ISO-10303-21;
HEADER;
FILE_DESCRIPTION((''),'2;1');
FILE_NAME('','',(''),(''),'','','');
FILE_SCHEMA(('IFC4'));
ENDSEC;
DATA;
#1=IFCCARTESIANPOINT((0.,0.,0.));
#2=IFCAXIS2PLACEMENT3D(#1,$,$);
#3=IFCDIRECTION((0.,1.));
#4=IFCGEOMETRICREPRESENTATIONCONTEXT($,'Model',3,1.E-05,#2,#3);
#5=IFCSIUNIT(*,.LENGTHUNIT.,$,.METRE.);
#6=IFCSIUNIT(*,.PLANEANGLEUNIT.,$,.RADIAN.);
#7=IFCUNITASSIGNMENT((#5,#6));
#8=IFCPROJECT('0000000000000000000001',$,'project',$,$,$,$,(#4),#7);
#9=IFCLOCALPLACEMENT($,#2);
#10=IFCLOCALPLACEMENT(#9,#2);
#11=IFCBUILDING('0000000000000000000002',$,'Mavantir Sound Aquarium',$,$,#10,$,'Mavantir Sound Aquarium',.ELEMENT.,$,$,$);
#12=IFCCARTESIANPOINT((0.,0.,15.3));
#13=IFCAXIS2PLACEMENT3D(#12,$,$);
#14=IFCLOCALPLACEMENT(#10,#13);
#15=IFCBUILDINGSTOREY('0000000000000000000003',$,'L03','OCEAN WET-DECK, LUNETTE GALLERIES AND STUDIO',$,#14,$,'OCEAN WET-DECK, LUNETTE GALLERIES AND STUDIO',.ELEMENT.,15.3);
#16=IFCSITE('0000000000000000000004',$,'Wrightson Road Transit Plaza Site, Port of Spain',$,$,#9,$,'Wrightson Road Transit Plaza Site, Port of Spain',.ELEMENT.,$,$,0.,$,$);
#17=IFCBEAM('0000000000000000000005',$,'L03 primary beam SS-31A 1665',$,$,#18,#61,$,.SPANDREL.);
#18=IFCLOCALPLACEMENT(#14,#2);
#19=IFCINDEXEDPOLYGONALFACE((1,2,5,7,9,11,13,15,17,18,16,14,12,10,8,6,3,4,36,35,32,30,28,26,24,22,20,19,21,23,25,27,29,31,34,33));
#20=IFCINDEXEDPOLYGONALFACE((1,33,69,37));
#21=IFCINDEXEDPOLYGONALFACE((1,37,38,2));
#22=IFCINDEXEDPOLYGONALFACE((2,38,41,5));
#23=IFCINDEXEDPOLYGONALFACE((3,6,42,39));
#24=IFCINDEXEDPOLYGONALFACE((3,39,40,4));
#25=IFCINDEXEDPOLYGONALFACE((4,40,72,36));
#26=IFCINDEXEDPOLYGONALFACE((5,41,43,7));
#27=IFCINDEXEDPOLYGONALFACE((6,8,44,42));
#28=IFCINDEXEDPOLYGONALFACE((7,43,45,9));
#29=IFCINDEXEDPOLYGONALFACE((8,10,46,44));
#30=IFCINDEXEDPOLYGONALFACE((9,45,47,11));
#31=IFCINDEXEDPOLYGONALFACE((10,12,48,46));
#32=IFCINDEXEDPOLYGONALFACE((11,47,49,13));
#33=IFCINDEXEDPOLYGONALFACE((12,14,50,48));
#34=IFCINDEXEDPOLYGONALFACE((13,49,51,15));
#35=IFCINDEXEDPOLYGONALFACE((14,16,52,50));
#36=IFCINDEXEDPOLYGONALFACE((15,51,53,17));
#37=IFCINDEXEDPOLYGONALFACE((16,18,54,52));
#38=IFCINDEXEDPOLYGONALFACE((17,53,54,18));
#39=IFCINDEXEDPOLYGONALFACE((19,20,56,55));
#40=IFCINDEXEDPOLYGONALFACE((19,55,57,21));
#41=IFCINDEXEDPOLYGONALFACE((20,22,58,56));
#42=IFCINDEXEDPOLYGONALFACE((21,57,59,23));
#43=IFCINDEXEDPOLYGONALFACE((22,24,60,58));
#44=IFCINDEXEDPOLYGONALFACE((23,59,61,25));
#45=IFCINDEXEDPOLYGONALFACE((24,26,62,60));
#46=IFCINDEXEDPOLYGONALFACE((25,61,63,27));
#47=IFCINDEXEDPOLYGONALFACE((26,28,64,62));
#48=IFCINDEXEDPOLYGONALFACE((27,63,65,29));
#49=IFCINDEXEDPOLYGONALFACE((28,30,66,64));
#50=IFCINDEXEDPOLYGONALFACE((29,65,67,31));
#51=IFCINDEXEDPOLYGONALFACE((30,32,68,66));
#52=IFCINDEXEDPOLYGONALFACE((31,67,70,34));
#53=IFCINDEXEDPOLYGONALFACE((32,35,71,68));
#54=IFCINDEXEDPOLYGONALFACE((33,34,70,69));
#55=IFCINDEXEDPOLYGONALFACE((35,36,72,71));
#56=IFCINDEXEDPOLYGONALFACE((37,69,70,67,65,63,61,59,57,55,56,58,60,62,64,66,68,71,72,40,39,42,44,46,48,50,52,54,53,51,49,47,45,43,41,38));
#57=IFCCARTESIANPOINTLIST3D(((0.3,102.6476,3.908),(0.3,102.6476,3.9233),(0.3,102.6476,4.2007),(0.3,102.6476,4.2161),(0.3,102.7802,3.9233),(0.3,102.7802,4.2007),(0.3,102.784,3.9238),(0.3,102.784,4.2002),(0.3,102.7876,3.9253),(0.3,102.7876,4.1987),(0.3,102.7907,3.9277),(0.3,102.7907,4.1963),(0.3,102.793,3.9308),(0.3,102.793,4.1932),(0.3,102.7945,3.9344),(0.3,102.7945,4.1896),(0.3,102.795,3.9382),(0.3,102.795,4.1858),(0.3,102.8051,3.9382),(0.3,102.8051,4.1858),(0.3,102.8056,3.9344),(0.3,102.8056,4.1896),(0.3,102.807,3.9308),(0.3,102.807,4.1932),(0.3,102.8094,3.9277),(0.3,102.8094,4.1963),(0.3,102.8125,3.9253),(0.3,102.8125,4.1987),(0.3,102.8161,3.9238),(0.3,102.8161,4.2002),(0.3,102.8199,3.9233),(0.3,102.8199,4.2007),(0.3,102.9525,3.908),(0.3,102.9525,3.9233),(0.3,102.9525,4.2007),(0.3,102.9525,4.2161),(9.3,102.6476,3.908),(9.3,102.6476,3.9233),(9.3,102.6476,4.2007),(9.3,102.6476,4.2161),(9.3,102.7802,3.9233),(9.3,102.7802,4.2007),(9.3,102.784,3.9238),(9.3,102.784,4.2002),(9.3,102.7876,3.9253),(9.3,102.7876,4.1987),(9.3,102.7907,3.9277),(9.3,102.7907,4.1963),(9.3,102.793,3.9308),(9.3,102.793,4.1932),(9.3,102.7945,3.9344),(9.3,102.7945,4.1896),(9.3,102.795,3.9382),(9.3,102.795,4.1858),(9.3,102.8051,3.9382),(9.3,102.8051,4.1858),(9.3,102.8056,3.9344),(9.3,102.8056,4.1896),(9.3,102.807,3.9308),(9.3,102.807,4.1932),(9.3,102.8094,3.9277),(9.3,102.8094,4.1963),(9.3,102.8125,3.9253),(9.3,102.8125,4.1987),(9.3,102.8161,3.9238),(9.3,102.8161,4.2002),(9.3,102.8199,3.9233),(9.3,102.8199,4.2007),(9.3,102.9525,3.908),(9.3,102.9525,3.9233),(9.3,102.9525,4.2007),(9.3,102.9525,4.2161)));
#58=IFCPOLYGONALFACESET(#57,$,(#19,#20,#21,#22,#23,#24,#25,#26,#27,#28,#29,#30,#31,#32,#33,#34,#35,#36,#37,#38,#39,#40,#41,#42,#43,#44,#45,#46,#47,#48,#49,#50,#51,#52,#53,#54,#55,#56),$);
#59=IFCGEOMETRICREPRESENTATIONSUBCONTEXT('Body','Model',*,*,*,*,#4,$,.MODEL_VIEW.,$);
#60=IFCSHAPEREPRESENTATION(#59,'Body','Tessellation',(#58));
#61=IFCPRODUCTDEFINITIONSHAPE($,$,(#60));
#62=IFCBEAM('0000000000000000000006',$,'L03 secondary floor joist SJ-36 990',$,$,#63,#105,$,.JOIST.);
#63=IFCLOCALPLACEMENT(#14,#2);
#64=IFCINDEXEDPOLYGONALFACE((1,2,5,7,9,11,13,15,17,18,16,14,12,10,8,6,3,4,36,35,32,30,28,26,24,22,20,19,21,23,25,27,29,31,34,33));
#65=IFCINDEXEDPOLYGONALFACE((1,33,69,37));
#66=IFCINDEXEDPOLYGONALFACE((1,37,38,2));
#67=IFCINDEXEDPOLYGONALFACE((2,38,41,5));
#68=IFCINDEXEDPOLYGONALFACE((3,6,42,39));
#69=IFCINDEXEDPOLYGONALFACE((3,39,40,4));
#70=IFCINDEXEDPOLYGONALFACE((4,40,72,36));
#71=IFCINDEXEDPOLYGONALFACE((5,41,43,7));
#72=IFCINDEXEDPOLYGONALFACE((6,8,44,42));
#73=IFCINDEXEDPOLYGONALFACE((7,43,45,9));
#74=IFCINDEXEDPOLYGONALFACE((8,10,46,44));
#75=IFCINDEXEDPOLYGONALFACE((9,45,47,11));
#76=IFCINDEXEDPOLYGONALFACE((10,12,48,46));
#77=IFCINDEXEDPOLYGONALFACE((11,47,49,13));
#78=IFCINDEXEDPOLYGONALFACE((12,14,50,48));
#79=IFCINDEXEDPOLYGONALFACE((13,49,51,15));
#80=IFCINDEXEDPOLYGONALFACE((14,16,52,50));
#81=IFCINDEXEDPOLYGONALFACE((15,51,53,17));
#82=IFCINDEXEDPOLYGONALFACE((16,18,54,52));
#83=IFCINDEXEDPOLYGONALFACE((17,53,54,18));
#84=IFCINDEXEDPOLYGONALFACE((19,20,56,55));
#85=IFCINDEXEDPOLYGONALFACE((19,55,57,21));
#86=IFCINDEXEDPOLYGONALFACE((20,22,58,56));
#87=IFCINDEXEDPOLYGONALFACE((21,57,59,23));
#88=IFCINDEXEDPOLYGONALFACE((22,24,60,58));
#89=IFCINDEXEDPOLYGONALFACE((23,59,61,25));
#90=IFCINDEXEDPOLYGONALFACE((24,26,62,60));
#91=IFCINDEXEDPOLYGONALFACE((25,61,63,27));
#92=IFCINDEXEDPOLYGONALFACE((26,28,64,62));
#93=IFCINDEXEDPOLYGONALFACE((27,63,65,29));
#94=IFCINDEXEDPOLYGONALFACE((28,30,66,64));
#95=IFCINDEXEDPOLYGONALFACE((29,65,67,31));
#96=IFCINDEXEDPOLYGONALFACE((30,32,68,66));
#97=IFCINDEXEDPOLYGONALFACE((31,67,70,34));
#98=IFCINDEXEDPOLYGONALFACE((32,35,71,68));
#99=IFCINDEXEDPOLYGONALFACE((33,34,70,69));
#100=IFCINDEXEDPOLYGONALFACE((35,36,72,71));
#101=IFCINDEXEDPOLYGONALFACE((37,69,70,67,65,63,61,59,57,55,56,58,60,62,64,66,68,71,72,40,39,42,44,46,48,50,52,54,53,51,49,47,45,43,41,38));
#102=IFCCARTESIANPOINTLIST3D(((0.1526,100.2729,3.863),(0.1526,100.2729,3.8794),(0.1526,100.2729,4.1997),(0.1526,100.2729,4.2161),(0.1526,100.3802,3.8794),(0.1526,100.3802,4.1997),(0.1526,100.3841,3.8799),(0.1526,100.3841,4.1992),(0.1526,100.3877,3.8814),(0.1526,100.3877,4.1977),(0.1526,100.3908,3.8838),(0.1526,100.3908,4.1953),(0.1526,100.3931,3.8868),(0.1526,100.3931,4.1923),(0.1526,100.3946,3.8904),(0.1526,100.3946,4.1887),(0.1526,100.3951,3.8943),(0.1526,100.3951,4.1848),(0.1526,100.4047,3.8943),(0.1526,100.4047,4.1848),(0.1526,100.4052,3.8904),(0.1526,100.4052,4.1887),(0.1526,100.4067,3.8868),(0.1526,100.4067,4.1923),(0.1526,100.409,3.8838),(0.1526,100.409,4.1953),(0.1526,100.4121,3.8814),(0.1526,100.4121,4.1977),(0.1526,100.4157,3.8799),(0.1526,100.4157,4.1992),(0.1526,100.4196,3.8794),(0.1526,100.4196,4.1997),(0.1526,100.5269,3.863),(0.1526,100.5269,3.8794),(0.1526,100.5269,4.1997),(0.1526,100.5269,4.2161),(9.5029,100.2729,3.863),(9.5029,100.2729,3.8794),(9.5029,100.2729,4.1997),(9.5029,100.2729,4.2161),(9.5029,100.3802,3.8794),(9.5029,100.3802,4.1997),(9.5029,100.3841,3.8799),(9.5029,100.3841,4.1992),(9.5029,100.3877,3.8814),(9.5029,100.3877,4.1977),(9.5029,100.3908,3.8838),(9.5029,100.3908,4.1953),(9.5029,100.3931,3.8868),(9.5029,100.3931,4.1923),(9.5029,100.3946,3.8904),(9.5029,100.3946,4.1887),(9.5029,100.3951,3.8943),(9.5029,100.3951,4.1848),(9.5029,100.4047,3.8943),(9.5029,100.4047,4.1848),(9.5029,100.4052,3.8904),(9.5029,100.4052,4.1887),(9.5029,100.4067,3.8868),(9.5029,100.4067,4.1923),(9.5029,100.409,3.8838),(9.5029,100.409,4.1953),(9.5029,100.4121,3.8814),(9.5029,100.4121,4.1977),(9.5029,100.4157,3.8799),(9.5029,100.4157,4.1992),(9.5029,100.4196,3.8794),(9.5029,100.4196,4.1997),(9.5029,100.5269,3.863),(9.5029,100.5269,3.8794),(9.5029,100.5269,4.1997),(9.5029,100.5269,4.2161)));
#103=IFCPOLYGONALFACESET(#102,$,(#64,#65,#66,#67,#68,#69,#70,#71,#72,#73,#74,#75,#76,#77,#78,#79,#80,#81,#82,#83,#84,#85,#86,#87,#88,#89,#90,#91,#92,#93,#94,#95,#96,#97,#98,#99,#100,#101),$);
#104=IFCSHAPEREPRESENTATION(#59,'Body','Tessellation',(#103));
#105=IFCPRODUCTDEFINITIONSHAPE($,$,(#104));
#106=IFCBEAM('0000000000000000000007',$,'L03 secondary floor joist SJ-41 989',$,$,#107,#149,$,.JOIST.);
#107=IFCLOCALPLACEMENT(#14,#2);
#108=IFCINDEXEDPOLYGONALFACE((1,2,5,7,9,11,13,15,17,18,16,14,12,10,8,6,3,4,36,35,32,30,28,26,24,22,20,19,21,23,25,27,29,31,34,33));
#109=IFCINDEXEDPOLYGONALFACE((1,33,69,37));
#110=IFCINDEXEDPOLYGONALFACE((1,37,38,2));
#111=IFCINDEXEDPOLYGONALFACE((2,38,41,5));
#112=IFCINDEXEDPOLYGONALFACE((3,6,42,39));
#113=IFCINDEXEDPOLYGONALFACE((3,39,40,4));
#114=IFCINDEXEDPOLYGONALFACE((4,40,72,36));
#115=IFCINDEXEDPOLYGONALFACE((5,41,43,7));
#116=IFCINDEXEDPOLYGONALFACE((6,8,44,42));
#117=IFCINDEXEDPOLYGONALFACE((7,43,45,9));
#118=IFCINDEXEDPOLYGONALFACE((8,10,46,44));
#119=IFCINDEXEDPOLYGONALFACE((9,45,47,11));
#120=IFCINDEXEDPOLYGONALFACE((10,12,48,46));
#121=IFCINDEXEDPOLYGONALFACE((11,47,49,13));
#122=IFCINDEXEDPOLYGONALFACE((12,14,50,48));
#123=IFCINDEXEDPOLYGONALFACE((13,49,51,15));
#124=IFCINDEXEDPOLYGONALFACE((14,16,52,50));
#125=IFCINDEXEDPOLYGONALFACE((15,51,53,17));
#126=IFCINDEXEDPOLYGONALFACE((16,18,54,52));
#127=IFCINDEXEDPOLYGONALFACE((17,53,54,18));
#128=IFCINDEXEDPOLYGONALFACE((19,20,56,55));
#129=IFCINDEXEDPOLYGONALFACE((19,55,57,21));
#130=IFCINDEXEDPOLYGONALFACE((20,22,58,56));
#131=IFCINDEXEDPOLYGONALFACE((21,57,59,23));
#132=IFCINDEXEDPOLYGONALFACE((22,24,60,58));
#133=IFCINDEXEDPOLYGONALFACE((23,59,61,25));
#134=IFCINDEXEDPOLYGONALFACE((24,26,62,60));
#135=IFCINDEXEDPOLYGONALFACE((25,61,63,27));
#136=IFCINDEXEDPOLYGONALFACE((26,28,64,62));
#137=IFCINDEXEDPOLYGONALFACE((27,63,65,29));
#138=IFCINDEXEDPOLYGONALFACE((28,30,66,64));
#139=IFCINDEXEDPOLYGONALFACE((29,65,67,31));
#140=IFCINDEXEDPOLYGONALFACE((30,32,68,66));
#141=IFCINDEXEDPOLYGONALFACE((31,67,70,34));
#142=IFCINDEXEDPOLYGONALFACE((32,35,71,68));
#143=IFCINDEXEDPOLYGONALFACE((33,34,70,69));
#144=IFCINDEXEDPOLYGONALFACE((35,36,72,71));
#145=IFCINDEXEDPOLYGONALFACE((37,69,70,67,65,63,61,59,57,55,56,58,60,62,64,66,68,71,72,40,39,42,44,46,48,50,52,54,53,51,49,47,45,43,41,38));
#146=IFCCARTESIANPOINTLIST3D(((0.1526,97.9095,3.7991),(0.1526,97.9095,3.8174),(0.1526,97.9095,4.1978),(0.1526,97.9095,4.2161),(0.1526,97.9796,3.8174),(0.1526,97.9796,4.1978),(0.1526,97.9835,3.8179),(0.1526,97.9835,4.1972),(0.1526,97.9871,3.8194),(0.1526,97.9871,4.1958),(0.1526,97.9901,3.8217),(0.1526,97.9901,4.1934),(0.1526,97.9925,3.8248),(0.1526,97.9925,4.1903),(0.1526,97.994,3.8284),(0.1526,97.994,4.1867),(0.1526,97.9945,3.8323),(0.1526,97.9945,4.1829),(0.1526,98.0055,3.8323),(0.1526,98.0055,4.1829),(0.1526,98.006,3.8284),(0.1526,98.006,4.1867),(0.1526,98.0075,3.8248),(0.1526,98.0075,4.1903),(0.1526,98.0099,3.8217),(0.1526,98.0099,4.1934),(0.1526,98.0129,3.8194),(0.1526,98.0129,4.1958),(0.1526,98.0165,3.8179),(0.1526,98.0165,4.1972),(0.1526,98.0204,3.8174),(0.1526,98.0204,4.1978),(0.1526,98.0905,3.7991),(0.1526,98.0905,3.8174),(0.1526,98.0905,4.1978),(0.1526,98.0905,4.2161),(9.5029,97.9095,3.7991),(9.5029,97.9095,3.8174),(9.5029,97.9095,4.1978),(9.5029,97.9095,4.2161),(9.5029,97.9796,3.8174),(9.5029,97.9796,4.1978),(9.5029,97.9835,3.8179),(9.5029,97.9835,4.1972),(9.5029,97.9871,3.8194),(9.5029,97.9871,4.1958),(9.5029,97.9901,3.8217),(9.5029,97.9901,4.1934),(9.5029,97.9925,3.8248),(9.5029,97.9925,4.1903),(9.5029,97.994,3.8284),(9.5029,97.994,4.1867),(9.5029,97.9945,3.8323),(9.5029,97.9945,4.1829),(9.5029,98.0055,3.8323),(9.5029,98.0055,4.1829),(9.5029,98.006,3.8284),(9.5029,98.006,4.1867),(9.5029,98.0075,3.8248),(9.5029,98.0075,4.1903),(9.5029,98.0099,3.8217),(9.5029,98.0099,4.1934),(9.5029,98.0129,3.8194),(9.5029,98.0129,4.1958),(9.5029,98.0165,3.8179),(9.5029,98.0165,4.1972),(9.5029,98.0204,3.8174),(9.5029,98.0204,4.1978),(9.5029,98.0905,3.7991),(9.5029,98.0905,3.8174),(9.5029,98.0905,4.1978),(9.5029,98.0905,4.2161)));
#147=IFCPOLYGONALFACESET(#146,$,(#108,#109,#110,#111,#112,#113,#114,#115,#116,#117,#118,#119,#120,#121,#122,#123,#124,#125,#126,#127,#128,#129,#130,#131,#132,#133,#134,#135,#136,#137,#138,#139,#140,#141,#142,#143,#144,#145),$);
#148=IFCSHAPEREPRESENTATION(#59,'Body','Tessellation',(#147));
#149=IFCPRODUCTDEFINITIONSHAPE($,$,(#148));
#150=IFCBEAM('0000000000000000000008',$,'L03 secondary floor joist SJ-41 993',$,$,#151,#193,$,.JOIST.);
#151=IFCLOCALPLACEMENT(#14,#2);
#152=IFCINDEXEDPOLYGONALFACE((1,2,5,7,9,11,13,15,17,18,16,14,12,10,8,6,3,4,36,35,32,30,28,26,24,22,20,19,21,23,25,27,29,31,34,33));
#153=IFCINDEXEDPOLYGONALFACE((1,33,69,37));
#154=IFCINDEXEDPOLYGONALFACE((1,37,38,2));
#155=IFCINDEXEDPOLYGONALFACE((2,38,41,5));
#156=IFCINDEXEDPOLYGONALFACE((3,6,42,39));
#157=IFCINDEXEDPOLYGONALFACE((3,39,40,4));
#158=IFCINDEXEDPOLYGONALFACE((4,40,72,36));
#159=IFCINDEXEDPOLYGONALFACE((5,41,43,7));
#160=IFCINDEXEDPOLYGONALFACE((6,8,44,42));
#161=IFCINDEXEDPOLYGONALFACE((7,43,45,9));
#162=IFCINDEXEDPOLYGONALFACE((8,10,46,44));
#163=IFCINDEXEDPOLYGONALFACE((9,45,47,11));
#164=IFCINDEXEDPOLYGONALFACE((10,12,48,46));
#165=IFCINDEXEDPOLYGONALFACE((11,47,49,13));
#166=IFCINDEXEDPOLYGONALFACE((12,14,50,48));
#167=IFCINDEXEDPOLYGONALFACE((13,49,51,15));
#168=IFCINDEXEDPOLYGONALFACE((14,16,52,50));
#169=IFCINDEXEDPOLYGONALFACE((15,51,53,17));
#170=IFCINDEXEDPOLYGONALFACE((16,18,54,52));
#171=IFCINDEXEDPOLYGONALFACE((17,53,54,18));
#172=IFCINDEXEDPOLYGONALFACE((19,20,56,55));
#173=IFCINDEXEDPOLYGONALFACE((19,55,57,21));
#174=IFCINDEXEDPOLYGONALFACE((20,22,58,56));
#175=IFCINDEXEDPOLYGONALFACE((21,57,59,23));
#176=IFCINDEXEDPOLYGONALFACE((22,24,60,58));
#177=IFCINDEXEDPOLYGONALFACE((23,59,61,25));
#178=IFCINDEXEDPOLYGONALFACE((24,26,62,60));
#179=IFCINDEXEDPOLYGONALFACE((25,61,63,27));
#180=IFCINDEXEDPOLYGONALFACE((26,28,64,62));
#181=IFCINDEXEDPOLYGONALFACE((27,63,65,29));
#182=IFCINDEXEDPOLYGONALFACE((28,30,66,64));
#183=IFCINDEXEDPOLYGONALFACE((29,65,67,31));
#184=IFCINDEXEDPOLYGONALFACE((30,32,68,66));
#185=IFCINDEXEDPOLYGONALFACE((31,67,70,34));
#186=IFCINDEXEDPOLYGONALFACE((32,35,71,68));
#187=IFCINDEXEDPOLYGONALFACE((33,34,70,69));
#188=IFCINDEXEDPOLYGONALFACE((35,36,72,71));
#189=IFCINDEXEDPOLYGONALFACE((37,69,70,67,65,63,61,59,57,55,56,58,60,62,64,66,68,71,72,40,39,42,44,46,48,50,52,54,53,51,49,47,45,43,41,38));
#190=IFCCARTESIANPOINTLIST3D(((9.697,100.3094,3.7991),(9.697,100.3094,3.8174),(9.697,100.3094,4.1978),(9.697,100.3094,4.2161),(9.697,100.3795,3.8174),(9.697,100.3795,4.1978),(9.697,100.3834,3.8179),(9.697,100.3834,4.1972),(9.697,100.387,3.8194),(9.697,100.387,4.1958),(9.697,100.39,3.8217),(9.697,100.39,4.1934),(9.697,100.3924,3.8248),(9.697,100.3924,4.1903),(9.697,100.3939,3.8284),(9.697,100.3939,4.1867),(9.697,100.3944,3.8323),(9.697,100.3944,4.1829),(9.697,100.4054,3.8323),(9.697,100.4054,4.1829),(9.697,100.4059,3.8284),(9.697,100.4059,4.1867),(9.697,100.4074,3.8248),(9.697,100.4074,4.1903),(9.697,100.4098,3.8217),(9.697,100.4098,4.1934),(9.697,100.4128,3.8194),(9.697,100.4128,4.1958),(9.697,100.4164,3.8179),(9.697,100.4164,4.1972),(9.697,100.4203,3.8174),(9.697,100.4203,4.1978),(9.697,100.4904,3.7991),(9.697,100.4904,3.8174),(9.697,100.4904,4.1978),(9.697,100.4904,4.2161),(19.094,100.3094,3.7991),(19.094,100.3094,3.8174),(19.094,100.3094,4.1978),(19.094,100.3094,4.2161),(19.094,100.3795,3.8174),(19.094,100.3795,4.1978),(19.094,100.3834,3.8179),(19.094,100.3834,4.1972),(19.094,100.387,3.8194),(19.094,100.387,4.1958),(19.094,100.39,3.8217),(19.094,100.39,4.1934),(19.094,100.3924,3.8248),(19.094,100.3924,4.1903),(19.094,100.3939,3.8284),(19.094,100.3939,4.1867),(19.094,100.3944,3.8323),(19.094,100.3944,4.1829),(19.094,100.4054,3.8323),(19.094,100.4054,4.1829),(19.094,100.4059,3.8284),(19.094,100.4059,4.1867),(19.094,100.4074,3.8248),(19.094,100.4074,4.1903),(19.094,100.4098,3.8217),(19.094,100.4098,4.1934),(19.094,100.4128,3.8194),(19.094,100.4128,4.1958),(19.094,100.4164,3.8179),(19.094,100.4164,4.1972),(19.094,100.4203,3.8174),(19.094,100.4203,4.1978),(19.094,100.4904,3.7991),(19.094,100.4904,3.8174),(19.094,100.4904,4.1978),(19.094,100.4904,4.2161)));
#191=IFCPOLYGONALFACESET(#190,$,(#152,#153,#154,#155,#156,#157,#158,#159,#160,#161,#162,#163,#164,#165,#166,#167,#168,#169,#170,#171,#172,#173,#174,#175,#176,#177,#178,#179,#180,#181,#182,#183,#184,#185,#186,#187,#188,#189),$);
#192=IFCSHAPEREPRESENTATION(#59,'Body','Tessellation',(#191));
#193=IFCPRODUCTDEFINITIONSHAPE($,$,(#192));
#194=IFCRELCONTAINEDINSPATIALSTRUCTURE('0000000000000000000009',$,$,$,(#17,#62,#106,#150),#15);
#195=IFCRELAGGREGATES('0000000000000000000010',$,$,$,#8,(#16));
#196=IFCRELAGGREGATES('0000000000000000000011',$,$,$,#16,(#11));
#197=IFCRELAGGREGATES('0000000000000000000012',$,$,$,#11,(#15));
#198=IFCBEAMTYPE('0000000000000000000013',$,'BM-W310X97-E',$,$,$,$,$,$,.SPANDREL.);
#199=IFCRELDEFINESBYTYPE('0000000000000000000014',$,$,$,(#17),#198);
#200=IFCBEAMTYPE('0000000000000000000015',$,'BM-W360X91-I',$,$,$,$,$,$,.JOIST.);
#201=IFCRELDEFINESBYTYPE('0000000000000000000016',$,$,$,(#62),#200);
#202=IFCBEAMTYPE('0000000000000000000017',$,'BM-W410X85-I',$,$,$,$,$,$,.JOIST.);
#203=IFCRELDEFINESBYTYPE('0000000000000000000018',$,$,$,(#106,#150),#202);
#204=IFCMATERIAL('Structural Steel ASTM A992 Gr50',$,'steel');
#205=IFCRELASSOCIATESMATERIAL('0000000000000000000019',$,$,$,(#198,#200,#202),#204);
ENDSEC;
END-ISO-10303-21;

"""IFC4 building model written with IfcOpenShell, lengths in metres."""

from ifc_helpers import new_model, si_unit, direction, frame, origin, origin_2d, place, context, subcontext, project, spatial, i_section, extrude, material, material_profile, profile_set, type_object, element, save


model = new_model("IFC4")

# Units and contexts
model_context = context("Model", 3, precision=1e-05, world=origin(), true_north=direction((0.0, 1.0)))
body_context = subcontext(model_context, "Body", "Model", "MODEL_VIEW")
ifc_project = project(units=[si_unit("LENGTHUNIT", "METRE"), si_unit("PLANEANGLEUNIT", "RADIAN")], contexts=[model_context])

# Site, building, storey
site_placement = place(None, origin())
site = spatial("IfcSite", under=ifc_project, at=site_placement, Name="Wrightson Road Transit Plaza Site, Port of Spain", LongName="Wrightson Road Transit Plaza Site, Port of Spain", CompositionType="ELEMENT", RefElevation=0.0)
building_placement = place(site_placement, origin())
building = spatial("IfcBuilding", under=site, at=building_placement, Name="Mavantir Sound Aquarium", LongName="Mavantir Sound Aquarium", CompositionType="ELEMENT")
storey_placement = place(building_placement, frame((0.0, 0.0, 15.3)))
storey = spatial("IfcBuildingStorey", under=building, at=storey_placement, Name="L03", Description="OCEAN WET-DECK, LUNETTE GALLERIES AND STUDIO", LongName="OCEAN WET-DECK, LUNETTE GALLERIES AND STUDIO", CompositionType="ELEMENT", Elevation=15.3)

# Beams
ifc_material_1 = material(Name="Structural Steel ASTM A992 Gr50", Category="steel")
ifc_material_profile_1 = material_profile(ifc_material_1, i_section(OverallWidth=0.3049, OverallDepth=0.3081, WebThickness=0.01, FlangeThickness=0.0154, FilletRadius=0.0149, at=origin_2d()), Name="W310X97")
ifc_profile_set_1 = profile_set([ifc_material_profile_1], Name="Structural Steel ASTM A992 Gr50")
beam_type_1 = type_object("IfcBeamType", Name="BM-W310X97-E", PredefinedType="SPANDREL", material=ifc_profile_set_1)
beam_1_placement = place(storey_placement, frame((0.3, 102.8, 4.062), z_axis=(1.0, 0.0, 0.0), x_axis=(0.0, 1.0, 0.0)))
element("IfcBeam", 1, at=beam_1_placement, inside=storey, type_object=beam_type_1, Name="L03 primary beam SS-31A 1665", PredefinedType="SPANDREL", context=body_context, shape_type="SweptSolid", body=[
    extrude(i_section(OverallWidth=0.3049, OverallDepth=0.3081, WebThickness=0.01, FlangeThickness=0.0154, FilletRadius=0.0149, at=origin_2d()), origin(), (0.0, 0.0, 1.0), 9.0),
])
ifc_material_profile_2 = material_profile(ifc_material_1, i_section(OverallWidth=0.2539, OverallDepth=0.353, WebThickness=0.0095, FlangeThickness=0.0164, FilletRadius=0.0149, at=origin_2d()), Name="W360X91")
ifc_profile_set_2 = profile_set([ifc_material_profile_2], Name="Structural Steel ASTM A992 Gr50")
beam_type_2 = type_object("IfcBeamType", Name="BM-W360X91-I", PredefinedType="JOIST", material=ifc_profile_set_2)
beam_2_placement = place(storey_placement, frame((0.1526, 100.3999, 4.0396), z_axis=(1.0, 0.0, 0.0), x_axis=(0.0, 1.0, 0.0)))
element("IfcBeam", 2, at=beam_2_placement, inside=storey, type_object=beam_type_2, Name="L03 secondary floor joist SJ-36 990", PredefinedType="JOIST", context=body_context, shape_type="SweptSolid", body=[
    extrude(i_section(OverallWidth=0.2539, OverallDepth=0.353, WebThickness=0.0095, FlangeThickness=0.0164, FilletRadius=0.0149, at=origin_2d()), origin(), (0.0, 0.0, 1.0), 9.3503),
])
ifc_material_profile_3 = material_profile(ifc_material_1, i_section(OverallWidth=0.1809, OverallDepth=0.417, WebThickness=0.011, FlangeThickness=0.0183, FilletRadius=0.0149, at=origin_2d()), Name="W410X85")
ifc_profile_set_3 = profile_set([ifc_material_profile_3], Name="Structural Steel ASTM A992 Gr50")
beam_type_3 = type_object("IfcBeamType", Name="BM-W410X85-I", PredefinedType="JOIST", material=ifc_profile_set_3)
beam_3_placement = place(storey_placement, frame((0.1526, 98.0, 4.0076), z_axis=(1.0, 0.0, 0.0), x_axis=(0.0, 1.0, 0.0)))
element("IfcBeam", 3, at=beam_3_placement, inside=storey, type_object=beam_type_3, Name="L03 secondary floor joist SJ-41 989", PredefinedType="JOIST", context=body_context, shape_type="SweptSolid", body=[
    extrude(i_section(OverallWidth=0.1809, OverallDepth=0.417, WebThickness=0.011, FlangeThickness=0.0183, FilletRadius=0.0149, at=origin_2d()), origin(), (0.0, 0.0, 1.0), 9.3503),
])
beam_4_placement = place(storey_placement, frame((9.697, 100.3999, 4.0076), z_axis=(1.0, 0.0, 0.0), x_axis=(0.0, 1.0, 0.0)))
element("IfcBeam", 4, at=beam_4_placement, inside=storey, type_object=beam_type_3, Name="L03 secondary floor joist SJ-41 993", PredefinedType="JOIST", context=body_context, shape_type="SweptSolid", body=[
    extrude(i_section(OverallWidth=0.1809, OverallDepth=0.417, WebThickness=0.011, FlangeThickness=0.0183, FilletRadius=0.0149, at=origin_2d()), origin(), (0.0, 0.0, 1.0), 9.397),
])

save(model, "model.ifc")
